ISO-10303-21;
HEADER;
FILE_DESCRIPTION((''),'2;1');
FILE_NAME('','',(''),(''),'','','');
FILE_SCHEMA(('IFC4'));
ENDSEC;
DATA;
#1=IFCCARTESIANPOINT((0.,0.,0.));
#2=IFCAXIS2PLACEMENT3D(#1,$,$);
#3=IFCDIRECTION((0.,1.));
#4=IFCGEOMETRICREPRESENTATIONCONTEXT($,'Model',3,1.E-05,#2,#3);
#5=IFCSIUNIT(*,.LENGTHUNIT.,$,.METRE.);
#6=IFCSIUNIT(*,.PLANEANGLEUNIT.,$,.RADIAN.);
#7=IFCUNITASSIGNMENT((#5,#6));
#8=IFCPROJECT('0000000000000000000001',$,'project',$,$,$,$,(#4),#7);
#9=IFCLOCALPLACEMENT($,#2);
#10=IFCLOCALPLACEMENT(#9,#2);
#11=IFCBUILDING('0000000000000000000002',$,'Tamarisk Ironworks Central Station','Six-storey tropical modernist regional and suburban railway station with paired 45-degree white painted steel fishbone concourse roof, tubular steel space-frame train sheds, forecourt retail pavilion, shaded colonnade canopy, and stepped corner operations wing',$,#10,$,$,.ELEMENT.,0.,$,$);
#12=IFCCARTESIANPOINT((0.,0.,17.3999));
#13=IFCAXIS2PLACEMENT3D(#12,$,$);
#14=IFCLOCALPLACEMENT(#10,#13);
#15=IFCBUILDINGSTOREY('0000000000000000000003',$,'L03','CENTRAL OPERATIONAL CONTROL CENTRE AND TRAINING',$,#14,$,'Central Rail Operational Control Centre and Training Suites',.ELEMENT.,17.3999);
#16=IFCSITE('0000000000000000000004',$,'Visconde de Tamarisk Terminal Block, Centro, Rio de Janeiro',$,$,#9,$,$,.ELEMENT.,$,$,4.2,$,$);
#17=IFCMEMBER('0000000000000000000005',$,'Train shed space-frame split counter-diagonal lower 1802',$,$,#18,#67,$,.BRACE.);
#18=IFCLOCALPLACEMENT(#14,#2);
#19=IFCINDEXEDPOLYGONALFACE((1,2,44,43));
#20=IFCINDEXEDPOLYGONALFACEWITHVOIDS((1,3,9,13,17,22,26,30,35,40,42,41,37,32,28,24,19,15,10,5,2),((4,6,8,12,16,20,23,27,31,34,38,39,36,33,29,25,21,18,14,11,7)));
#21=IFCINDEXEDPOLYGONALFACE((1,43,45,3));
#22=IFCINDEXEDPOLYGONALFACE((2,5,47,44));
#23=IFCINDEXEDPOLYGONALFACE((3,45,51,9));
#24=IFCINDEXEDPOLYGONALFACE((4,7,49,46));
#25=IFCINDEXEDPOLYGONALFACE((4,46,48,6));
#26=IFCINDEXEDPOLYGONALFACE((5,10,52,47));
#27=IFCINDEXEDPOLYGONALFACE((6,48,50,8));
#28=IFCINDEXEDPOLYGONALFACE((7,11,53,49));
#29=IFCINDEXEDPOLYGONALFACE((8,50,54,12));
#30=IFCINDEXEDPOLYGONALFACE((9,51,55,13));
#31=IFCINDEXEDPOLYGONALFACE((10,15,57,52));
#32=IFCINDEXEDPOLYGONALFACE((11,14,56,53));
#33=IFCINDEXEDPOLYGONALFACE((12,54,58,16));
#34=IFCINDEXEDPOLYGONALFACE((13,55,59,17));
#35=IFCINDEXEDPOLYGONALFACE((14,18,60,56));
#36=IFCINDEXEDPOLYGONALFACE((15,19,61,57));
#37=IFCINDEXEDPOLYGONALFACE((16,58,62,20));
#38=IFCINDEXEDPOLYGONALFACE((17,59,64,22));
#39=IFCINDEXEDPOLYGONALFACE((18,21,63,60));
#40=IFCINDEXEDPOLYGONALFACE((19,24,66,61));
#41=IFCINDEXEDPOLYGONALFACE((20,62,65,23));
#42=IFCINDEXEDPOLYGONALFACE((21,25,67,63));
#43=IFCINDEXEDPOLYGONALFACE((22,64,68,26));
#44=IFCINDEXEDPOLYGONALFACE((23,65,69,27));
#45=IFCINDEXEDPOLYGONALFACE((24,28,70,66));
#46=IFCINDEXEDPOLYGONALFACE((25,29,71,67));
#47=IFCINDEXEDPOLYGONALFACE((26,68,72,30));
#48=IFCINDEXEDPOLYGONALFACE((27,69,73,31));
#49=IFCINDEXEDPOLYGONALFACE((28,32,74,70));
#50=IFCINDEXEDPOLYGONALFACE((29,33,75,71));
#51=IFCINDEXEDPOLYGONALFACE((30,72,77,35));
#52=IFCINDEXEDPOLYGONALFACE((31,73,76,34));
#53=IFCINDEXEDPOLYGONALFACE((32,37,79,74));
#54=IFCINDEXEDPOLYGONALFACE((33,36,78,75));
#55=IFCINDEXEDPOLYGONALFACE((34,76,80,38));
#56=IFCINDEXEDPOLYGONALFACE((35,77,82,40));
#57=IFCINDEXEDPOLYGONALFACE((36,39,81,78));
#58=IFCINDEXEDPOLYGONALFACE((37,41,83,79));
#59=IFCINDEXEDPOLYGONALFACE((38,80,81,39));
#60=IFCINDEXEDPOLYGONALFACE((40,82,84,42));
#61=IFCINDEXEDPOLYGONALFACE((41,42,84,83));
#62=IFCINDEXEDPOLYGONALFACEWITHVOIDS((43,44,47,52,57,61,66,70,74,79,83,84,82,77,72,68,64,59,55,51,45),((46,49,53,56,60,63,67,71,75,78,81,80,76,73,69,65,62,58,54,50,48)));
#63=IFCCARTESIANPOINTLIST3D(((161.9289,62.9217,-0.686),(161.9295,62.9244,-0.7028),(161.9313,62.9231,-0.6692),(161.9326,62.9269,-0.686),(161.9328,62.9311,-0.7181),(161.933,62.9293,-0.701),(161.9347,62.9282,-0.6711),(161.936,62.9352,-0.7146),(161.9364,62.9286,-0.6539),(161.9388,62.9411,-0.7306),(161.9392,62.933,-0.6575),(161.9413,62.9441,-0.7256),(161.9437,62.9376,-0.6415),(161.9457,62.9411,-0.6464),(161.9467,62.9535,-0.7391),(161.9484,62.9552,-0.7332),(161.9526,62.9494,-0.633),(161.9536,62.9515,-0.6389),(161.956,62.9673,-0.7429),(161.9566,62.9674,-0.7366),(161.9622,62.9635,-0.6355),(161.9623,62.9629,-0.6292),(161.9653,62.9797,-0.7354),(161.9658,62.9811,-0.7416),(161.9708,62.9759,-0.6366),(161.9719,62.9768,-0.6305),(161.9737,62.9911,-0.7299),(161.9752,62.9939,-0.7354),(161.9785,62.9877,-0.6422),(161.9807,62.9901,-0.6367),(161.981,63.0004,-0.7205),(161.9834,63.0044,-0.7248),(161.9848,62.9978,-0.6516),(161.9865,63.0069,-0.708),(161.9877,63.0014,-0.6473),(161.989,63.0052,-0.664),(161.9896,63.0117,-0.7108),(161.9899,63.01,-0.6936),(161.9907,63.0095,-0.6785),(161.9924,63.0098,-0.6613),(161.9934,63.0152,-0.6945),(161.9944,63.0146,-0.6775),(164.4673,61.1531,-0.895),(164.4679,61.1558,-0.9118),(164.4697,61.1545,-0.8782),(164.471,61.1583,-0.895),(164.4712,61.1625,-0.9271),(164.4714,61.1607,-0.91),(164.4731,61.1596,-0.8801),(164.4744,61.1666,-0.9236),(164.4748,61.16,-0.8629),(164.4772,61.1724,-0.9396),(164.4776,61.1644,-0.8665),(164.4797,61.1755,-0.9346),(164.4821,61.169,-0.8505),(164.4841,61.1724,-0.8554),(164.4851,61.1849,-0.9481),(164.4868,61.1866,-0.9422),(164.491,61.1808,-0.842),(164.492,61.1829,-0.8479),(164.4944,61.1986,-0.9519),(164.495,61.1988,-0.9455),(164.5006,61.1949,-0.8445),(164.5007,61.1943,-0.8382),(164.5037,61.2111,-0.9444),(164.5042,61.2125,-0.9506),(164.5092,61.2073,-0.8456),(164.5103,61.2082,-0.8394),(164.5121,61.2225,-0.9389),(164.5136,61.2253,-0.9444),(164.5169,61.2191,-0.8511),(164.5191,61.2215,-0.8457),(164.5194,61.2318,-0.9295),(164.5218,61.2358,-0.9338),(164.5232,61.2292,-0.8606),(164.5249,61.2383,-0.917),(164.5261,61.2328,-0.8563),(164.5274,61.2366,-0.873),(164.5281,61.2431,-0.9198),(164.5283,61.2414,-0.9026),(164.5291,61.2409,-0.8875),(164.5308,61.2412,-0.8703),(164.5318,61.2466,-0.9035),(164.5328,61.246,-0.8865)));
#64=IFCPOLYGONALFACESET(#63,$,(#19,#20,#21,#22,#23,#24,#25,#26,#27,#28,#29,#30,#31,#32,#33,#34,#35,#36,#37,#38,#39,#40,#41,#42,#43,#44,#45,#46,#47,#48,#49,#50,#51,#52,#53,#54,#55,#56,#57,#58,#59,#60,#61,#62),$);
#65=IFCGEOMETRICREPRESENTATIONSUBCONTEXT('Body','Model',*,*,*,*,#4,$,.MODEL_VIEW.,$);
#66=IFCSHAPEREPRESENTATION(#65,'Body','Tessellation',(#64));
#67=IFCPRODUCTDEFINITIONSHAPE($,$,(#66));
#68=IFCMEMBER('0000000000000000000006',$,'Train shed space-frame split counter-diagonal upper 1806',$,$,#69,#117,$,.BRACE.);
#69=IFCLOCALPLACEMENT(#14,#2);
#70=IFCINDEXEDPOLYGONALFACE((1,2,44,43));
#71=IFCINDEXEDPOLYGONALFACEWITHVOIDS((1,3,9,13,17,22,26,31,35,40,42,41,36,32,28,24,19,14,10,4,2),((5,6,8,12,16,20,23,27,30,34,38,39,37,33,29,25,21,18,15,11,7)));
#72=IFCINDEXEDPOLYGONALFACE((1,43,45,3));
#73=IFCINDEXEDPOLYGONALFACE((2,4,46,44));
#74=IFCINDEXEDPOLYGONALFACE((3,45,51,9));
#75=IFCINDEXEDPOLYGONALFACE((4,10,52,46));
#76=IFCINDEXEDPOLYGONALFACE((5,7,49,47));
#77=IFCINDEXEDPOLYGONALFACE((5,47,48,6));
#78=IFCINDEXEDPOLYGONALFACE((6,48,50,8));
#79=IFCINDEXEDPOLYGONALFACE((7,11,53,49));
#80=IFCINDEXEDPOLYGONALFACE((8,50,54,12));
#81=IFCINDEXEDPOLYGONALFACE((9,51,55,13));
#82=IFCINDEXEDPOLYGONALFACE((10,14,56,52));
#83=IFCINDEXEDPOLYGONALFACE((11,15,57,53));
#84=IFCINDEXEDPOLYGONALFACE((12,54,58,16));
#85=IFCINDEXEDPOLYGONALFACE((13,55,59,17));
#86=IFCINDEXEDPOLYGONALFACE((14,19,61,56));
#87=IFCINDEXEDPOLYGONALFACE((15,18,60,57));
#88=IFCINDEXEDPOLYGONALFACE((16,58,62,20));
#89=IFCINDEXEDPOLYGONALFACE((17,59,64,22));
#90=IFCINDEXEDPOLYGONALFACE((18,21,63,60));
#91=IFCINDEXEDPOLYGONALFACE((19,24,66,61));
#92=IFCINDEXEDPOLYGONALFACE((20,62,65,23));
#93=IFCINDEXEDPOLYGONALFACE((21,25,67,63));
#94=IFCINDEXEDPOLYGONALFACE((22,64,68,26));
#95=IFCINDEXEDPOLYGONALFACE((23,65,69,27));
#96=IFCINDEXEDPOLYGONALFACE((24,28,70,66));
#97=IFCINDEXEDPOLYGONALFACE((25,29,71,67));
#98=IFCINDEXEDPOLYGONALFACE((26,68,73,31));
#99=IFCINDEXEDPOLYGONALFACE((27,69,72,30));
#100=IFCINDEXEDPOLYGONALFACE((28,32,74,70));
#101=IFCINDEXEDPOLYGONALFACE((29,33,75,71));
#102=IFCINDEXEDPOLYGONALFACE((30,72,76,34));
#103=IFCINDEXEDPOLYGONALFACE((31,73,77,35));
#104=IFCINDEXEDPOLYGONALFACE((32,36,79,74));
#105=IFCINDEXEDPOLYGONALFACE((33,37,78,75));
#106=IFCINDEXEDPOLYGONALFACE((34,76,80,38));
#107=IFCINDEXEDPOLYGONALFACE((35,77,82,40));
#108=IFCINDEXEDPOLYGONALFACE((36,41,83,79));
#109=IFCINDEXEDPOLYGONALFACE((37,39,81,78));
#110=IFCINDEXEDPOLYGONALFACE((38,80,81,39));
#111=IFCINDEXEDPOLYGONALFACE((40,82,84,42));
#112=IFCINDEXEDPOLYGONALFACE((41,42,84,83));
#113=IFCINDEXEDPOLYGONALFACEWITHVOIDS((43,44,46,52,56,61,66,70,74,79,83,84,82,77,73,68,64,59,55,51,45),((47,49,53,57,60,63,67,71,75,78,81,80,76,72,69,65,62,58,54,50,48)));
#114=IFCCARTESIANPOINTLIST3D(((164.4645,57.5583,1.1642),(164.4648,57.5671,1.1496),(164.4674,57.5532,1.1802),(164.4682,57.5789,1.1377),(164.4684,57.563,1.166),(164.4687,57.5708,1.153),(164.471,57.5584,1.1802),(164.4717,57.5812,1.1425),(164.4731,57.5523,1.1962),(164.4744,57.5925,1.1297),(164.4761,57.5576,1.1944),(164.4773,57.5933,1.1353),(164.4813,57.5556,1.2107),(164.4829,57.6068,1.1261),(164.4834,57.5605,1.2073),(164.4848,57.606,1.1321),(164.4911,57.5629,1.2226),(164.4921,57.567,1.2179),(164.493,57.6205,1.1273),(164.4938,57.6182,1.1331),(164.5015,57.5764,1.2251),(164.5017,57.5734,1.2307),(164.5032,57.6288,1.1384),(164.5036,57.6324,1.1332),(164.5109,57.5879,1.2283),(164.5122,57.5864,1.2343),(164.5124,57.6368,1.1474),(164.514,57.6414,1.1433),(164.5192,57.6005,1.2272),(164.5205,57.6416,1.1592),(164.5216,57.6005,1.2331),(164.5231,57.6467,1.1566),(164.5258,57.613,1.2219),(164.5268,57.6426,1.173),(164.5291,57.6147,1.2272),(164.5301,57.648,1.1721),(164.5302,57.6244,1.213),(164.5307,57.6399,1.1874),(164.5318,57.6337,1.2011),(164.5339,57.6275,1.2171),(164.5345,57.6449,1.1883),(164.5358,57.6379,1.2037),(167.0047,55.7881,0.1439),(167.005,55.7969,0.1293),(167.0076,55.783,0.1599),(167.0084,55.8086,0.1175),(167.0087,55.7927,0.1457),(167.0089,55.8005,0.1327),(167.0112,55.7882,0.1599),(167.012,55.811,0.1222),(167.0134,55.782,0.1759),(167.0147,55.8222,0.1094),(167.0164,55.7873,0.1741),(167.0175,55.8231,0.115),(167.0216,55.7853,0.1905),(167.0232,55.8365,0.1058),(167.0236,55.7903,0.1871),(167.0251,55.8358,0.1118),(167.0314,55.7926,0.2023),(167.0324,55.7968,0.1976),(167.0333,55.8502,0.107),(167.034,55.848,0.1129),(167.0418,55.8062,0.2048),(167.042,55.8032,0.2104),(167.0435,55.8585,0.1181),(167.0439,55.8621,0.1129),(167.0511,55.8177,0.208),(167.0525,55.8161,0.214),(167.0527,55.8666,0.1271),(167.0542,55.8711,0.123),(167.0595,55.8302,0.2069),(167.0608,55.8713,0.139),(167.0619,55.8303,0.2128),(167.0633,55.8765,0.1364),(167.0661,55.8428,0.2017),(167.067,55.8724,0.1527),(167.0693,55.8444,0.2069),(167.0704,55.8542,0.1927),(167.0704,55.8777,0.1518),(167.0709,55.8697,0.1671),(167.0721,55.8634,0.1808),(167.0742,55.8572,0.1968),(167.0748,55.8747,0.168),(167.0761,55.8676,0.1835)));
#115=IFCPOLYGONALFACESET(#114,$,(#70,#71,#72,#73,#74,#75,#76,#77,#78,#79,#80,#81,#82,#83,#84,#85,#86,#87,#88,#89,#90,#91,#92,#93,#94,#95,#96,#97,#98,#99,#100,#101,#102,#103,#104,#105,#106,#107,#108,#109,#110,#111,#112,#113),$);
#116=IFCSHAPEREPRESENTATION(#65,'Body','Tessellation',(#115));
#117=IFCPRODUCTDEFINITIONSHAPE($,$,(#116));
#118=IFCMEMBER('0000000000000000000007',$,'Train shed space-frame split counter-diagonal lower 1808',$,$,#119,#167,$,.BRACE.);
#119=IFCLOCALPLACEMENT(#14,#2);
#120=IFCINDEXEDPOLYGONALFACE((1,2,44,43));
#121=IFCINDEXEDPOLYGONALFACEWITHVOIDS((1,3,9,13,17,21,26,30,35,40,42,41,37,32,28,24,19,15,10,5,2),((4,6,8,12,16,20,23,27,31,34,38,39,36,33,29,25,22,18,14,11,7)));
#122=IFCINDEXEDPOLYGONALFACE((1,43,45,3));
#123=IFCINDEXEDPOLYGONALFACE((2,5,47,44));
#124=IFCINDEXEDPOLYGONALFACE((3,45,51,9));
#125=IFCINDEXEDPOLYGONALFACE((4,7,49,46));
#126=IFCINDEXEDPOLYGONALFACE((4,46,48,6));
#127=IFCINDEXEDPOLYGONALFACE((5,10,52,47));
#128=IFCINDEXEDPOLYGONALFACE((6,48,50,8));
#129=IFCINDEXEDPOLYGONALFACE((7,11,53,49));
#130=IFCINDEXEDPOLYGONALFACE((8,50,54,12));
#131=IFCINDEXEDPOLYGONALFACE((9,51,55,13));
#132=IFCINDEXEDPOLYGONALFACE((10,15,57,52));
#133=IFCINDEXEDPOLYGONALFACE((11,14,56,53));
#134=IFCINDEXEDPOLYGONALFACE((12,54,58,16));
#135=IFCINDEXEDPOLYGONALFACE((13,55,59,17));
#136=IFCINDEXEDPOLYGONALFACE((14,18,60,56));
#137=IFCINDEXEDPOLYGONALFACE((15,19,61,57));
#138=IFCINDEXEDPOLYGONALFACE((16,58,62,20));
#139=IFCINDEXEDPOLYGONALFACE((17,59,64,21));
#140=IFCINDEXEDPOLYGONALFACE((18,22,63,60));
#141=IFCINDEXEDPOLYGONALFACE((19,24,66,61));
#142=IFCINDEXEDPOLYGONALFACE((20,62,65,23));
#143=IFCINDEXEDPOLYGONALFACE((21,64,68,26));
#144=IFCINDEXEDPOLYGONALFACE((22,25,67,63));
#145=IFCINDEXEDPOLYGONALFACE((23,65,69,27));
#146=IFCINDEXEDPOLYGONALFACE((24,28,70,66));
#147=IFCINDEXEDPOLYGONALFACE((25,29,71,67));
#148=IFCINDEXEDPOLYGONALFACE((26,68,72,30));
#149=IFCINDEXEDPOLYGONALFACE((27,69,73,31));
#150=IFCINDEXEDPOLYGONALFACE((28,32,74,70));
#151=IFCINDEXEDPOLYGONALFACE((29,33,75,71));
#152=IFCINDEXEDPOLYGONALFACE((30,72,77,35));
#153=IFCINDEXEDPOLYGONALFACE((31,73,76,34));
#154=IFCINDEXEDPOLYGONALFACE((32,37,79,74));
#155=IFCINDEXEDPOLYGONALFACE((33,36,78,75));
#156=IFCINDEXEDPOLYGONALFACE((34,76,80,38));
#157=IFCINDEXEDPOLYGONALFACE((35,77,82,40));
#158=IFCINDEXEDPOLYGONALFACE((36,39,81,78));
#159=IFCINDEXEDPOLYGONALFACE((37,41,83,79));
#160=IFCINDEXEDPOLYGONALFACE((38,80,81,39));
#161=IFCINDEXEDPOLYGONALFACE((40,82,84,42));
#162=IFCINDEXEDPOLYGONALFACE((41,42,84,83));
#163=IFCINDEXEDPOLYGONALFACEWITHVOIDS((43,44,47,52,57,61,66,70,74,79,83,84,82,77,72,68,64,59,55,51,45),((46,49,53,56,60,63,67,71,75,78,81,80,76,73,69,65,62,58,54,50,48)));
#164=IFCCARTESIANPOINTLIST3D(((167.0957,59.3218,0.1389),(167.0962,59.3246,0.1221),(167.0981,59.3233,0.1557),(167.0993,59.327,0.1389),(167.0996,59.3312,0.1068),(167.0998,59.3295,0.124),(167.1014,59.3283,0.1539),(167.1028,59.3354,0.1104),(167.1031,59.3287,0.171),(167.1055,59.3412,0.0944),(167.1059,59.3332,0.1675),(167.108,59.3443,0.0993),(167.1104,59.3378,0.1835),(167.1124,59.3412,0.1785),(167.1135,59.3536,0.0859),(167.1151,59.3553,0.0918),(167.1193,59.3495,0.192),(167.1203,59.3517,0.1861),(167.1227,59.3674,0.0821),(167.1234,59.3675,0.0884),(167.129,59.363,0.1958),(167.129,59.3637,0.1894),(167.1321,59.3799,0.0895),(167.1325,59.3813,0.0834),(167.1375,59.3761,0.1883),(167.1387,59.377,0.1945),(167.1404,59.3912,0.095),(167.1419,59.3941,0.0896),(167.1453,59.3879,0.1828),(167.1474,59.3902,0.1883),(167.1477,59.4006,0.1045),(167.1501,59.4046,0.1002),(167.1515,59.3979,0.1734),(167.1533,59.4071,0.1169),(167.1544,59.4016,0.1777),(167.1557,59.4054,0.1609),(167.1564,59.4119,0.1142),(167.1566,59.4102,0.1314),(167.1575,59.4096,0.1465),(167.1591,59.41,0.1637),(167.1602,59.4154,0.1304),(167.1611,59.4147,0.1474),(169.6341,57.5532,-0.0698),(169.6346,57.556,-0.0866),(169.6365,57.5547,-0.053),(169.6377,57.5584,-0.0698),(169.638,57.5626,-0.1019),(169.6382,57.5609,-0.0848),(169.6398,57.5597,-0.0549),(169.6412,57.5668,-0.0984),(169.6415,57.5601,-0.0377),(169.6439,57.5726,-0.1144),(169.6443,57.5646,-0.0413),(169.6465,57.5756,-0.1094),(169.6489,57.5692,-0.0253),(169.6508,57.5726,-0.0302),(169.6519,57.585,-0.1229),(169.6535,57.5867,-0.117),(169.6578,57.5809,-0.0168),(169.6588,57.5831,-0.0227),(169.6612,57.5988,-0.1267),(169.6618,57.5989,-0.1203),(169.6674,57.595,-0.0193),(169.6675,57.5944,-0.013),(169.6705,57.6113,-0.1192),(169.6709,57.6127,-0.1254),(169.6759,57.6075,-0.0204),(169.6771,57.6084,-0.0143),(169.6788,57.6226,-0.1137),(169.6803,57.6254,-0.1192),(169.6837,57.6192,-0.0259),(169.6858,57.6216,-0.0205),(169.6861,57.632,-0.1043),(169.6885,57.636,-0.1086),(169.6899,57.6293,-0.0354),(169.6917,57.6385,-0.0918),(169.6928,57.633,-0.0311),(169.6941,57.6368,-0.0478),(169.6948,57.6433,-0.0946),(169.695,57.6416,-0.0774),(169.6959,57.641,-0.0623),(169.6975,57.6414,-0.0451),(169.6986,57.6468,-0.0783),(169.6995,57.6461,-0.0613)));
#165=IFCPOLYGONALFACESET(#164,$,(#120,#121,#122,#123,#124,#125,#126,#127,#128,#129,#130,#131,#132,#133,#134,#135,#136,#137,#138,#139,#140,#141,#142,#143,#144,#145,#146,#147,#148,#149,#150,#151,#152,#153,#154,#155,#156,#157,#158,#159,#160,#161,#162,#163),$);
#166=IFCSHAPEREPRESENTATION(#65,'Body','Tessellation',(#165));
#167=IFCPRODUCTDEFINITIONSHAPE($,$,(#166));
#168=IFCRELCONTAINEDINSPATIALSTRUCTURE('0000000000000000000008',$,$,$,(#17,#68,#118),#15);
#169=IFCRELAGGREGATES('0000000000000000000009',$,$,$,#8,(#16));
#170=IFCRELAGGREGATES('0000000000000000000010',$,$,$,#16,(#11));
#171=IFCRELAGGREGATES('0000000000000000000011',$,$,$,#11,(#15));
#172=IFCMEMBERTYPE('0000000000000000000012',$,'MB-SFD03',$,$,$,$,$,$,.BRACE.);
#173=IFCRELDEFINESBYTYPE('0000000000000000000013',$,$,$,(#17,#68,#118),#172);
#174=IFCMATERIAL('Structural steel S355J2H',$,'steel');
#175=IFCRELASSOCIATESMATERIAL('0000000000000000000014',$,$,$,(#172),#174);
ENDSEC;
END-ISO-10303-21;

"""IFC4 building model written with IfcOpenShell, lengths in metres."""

from ifc_helpers import new_model, si_unit, direction, frame, origin, origin_2d, place, context, subcontext, project, spatial, hollow_circle, extrude, material, material_profile, profile_set, type_object, element, save


model = new_model("IFC4")

# Units and contexts
model_context = context("Model", 3, precision=1e-05, world=origin(), true_north=direction((0.0, 1.0)))
body_context = subcontext(model_context, "Body", "Model", "MODEL_VIEW")
ifc_project = project(units=[si_unit("LENGTHUNIT", "METRE"), si_unit("PLANEANGLEUNIT", "RADIAN")], contexts=[model_context])

# Site, building, storey
site_placement = place(None, origin())
site = spatial("IfcSite", under=ifc_project, at=site_placement, Name="Visconde de Tamarisk Terminal Block, Centro, Rio de Janeiro", CompositionType="ELEMENT", RefElevation=4.2)
building_placement = place(site_placement, origin())
building = spatial("IfcBuilding", under=site, at=building_placement, Name="Tamarisk Ironworks Central Station", Description="Six-storey tropical modernist regional and suburban railway station with paired 45-degree white painted steel fishbone concourse roof, tubular steel space-frame train sheds, forecourt retail pavilion, shaded colonnade canopy, and stepped corner operations wing", CompositionType="ELEMENT", ElevationOfRefHeight=0.0)
storey_placement = place(building_placement, frame((0.0, 0.0, 17.3999)))
storey = spatial("IfcBuildingStorey", under=building, at=storey_placement, Name="L03", Description="CENTRAL OPERATIONAL CONTROL CENTRE AND TRAINING", LongName="Central Rail Operational Control Centre and Training Suites", CompositionType="ELEMENT", Elevation=17.3999)

# Members
ifc_material = material(Name="Structural steel S355J2H", Category="steel")
ifc_material_profile_1 = material_profile(ifc_material, hollow_circle(Radius=0.0571, WallThickness=0.0063, at=origin_2d()), Name="CHS 114.3x6.3")
ifc_profile_set_1 = profile_set([ifc_material_profile_1], Name="Structural steel S355J2H")
member_type_1 = type_object("IfcMemberType", Name="MB-SFD03", PredefinedType="BRACE", material=ifc_profile_set_1)
member_1_placement = place(storey_placement, frame((164.5, 61.2, -0.895), z_axis=(-0.818621, 0.570366, 0.067398), x_axis=(-0.571666, -0.820487, 0.0)))
element("IfcMember", 1, at=member_1_placement, inside=storey, type_object=member_type_1, Name="Train shed space-frame split counter-diagonal lower 1802", PredefinedType="BRACE", context=body_context, shape_type="SweptSolid", body=[
    extrude(hollow_circle(Radius=0.0571, WallThickness=0.0063, at=origin_2d()), origin(), (0.0, 0.0, 1.0), 3.1008),
])
member_2_placement = place(storey_placement, frame((167.0403, 55.8298, 0.1599), z_axis=(-0.77922, 0.54302, 0.312961), x_axis=(-0.571741, -0.820434, 0.0)))
element("IfcMember", 2, at=member_2_placement, inside=storey, type_object=member_type_1, Name="Train shed space-frame split counter-diagonal upper 1806", PredefinedType="BRACE", context=body_context, shape_type="SweptSolid", body=[
    extrude(hollow_circle(Radius=0.0571, WallThickness=0.0063, at=origin_2d()), origin(), (0.0, 0.0, 1.0), 3.26),
])
for number, where, z_axis, x_axis, name in (
    (3, (169.6667, 57.6001, -0.0698), (-0.818625, 0.570369, 0.06732), (-0.571666, -0.820487, 0.0), "Train shed space-frame split counter-diagonal lower 1808"),
):
    element("IfcMember", number, at=place(storey_placement, frame(where, z_axis=z_axis, x_axis=x_axis)), inside=storey, type_object=member_type_1, Name=name, PredefinedType="BRACE", context=body_context, shape_type="SweptSolid", body=[
        extrude(hollow_circle(Radius=0.0571, WallThickness=0.0063, at=origin_2d()), origin(), (0.0, 0.0, 1.0), 3.1008),
    ])

save(model, "model.ifc")
